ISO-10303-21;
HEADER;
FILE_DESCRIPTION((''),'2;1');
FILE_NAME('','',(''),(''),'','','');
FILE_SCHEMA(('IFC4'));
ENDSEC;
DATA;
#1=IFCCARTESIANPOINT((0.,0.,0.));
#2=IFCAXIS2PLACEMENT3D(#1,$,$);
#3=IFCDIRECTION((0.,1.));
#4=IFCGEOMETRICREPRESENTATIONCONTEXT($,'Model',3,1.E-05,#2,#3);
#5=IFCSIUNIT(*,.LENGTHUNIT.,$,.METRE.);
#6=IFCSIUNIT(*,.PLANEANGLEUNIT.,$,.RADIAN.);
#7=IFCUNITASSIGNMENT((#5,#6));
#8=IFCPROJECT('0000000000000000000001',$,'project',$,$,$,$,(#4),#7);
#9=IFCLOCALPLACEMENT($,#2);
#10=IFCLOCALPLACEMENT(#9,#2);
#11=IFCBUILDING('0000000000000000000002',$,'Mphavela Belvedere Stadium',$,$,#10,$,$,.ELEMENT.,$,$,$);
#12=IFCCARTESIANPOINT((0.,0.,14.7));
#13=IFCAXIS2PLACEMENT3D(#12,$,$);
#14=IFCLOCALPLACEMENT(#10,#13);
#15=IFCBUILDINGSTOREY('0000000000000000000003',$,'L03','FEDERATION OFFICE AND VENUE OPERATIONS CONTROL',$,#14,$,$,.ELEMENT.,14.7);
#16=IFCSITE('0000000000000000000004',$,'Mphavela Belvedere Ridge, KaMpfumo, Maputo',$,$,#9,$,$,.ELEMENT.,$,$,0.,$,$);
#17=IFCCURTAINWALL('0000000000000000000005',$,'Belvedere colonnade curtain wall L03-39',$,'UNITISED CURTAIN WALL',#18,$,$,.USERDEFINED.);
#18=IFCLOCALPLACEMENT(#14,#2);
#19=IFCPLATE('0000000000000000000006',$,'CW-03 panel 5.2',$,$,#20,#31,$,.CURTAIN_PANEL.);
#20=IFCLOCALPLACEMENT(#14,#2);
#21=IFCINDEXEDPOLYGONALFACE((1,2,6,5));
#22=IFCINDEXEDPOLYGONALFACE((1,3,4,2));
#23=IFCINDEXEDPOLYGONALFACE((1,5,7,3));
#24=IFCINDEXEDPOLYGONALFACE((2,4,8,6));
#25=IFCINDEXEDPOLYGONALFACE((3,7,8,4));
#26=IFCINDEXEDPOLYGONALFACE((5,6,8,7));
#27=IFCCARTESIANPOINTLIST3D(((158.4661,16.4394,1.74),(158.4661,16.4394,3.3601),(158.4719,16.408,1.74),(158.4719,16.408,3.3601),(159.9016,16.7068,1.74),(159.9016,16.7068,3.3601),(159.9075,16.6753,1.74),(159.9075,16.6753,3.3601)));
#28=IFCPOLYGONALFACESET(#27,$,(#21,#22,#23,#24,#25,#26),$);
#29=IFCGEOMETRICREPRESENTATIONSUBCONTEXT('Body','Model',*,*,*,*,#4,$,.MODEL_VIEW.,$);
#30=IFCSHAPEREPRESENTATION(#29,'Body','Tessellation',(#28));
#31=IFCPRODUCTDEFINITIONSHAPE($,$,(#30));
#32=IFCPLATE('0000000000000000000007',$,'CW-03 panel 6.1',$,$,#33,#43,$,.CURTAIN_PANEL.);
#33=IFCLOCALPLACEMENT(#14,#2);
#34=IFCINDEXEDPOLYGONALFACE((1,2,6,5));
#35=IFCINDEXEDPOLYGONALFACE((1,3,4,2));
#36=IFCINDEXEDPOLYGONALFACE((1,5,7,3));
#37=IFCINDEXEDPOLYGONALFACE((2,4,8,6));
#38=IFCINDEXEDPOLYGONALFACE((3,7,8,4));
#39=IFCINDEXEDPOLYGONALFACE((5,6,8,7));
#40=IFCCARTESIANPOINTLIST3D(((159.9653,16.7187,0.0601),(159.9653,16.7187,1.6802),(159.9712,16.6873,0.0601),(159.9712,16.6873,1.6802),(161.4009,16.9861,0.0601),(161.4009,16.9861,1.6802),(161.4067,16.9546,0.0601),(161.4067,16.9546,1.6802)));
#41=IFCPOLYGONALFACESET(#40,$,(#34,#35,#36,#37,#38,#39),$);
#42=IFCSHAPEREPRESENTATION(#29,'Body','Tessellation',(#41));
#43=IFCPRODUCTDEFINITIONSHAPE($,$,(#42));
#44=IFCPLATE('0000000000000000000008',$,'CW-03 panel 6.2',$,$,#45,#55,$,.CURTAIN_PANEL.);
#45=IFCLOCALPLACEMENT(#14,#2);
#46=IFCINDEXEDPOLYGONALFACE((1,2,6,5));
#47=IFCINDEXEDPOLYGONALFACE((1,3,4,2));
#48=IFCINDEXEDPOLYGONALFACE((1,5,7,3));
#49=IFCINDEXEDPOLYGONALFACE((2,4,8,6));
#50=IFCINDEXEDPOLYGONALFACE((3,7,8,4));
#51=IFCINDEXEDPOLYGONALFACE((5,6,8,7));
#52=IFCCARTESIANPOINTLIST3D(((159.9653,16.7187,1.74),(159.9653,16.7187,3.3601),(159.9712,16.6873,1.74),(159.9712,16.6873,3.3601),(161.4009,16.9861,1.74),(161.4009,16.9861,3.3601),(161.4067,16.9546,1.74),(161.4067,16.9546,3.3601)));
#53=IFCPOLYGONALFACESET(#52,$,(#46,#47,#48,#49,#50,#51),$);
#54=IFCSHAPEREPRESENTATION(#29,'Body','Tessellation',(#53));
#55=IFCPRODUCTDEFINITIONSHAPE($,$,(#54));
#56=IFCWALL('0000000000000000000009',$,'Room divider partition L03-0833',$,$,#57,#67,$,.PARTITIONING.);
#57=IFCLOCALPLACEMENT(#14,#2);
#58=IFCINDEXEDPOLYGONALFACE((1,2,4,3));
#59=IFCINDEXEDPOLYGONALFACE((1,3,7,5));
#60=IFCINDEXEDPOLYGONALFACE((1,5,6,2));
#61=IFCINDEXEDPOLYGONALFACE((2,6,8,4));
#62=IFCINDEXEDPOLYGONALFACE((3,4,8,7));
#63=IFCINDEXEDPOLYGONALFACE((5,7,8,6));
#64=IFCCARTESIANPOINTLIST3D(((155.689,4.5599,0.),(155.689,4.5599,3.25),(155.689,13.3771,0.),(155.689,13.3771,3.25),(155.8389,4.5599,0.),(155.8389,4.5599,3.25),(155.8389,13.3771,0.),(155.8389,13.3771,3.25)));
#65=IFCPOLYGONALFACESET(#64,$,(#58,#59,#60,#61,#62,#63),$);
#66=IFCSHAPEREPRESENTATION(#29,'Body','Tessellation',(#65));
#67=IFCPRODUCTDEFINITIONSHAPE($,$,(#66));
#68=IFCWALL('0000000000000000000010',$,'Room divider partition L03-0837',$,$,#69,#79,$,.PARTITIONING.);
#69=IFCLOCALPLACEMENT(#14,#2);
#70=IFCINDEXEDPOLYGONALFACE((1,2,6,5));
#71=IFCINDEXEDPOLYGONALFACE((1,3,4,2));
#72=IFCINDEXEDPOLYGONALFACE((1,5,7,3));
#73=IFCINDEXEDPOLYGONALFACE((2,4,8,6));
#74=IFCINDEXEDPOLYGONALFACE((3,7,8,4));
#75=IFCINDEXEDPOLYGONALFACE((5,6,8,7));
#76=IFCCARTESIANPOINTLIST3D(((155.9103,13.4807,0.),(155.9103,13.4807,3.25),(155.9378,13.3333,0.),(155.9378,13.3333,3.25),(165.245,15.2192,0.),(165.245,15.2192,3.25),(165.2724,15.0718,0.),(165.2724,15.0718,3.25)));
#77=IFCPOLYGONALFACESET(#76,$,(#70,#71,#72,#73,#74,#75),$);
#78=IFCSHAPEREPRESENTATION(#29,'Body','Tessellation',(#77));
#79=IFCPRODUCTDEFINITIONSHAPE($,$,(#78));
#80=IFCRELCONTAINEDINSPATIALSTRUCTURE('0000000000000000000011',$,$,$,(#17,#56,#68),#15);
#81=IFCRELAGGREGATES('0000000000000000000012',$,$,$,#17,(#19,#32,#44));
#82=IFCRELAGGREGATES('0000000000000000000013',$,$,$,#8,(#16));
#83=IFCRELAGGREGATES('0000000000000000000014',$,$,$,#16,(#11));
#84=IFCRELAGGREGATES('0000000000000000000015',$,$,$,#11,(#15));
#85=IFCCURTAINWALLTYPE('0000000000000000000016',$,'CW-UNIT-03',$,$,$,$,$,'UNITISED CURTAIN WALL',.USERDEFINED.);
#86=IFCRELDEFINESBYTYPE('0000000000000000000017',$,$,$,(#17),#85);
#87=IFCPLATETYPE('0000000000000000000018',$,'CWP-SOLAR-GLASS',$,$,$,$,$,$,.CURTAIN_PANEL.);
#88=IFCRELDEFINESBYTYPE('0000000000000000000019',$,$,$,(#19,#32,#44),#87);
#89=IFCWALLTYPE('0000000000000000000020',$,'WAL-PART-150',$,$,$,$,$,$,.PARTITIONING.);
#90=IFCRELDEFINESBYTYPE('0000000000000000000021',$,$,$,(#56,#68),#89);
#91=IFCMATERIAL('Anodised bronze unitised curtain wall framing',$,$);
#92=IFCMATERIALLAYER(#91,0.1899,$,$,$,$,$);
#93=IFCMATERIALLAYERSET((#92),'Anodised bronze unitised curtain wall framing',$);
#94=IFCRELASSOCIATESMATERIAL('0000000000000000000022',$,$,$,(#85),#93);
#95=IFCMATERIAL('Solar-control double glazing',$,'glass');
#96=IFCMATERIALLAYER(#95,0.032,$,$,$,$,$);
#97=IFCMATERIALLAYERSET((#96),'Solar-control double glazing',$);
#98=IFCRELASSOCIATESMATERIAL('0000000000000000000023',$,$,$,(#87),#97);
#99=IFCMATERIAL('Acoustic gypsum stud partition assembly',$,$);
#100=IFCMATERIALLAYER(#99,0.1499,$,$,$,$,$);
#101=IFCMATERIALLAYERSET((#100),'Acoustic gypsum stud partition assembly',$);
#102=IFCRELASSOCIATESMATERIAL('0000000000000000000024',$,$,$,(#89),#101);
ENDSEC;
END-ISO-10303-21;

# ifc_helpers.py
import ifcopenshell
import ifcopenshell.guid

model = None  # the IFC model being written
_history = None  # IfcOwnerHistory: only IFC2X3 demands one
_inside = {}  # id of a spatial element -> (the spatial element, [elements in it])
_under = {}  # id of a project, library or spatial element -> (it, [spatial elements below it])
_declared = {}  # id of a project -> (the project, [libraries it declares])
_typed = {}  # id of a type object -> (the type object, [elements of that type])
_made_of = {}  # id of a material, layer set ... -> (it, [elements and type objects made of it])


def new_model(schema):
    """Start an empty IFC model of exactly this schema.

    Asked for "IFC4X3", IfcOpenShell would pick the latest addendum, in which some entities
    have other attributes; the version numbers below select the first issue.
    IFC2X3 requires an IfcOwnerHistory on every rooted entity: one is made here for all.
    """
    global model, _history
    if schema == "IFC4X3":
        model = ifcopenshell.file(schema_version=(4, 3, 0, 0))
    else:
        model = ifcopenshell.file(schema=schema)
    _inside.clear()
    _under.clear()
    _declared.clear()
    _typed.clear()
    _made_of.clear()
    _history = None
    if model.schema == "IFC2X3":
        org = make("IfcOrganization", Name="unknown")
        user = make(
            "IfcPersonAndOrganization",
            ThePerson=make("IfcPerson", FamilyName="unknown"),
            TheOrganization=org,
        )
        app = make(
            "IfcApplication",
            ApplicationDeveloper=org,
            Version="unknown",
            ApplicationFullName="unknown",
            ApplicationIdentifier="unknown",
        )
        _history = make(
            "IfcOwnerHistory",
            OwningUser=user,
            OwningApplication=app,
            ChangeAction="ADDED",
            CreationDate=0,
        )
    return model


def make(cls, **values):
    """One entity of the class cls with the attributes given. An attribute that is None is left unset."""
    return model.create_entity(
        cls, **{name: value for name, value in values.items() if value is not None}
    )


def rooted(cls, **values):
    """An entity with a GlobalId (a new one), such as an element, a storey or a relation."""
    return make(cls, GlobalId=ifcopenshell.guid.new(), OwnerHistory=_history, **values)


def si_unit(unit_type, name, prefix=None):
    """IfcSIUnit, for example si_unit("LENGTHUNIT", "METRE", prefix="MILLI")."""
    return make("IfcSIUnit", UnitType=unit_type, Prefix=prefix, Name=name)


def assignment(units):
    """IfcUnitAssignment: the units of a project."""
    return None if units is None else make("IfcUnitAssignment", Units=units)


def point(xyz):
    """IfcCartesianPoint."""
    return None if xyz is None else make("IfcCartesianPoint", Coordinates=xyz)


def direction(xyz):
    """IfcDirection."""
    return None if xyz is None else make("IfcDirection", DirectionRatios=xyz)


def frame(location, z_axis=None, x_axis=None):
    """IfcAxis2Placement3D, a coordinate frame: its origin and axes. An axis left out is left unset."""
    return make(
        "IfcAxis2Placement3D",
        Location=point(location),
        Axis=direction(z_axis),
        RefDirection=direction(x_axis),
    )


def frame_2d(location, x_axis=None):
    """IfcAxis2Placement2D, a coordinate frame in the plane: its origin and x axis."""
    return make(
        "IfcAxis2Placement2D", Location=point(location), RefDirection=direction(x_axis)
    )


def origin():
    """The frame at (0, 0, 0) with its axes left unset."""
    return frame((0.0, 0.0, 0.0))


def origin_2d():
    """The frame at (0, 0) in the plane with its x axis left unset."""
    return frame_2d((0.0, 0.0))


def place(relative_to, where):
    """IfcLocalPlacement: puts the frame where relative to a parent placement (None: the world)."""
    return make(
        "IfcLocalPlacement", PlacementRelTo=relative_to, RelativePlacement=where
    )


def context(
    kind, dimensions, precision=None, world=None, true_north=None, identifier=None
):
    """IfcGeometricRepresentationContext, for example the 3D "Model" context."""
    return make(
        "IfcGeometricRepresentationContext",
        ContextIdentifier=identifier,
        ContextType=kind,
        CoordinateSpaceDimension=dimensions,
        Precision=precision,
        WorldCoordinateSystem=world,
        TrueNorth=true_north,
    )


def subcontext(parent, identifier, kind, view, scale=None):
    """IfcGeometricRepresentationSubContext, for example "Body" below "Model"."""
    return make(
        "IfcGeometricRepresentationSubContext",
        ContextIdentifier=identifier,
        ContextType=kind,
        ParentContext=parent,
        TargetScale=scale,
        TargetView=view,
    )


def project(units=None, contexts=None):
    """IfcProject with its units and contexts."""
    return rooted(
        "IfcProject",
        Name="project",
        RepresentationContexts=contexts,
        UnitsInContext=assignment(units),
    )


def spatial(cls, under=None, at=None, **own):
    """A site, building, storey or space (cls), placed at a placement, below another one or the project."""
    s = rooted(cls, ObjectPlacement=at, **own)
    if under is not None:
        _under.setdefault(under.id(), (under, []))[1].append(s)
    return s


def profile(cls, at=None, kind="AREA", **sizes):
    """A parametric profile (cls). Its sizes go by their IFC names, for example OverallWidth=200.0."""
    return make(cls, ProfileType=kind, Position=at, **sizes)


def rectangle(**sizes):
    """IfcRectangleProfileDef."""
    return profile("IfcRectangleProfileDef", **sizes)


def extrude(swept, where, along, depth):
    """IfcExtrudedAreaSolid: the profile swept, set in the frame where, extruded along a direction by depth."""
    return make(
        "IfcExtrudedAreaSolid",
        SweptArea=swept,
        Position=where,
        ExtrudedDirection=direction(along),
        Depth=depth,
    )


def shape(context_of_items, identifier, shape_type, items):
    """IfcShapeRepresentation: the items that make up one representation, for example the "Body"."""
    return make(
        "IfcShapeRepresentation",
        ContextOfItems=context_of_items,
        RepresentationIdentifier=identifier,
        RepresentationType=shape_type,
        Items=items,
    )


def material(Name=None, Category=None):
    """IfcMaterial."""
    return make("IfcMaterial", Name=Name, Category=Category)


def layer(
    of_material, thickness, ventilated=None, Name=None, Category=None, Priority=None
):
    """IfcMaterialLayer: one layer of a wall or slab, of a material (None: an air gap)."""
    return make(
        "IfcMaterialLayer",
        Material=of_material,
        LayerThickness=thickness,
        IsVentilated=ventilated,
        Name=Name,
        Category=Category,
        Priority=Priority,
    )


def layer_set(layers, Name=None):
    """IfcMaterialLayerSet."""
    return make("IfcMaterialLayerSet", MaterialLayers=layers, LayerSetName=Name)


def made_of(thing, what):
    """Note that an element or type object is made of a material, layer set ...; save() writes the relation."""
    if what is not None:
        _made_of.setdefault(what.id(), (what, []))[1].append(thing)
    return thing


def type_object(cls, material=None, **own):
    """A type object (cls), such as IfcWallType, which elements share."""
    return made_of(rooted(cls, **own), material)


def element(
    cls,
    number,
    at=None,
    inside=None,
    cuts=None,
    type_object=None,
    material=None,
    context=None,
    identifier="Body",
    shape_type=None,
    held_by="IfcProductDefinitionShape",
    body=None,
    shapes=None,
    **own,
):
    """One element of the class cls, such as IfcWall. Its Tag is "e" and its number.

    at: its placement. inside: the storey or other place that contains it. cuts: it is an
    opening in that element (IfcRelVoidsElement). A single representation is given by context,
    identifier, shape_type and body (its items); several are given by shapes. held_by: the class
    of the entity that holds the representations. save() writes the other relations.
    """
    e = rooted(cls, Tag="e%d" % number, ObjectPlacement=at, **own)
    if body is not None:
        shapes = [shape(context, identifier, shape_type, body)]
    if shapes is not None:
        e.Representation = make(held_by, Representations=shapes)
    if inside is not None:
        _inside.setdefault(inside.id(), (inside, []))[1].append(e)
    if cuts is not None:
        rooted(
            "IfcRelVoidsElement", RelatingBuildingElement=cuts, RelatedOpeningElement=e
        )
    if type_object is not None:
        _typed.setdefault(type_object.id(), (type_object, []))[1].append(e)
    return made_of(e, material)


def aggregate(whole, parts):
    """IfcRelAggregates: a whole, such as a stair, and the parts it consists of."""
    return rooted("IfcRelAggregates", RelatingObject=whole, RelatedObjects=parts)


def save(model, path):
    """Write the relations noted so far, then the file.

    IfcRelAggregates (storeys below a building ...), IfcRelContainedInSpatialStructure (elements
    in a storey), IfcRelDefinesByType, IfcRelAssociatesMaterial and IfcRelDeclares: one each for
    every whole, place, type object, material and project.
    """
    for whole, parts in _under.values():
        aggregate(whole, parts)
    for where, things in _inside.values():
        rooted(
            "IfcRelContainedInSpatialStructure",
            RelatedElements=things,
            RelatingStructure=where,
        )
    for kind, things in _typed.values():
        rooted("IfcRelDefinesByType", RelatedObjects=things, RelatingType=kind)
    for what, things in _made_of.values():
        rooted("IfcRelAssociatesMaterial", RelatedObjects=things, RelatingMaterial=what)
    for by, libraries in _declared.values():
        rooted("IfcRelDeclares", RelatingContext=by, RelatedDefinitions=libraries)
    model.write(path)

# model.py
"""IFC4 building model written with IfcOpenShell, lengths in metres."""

from ifc_helpers import new_model, si_unit, direction, frame, frame_2d, origin, origin_2d, place, context, subcontext, project, spatial, rectangle, extrude, material, layer, layer_set, type_object, element, aggregate, save


model = new_model("IFC4")

# Units and contexts
model_context = context("Model", 3, precision=1e-05, world=origin(), true_north=direction((0.0, 1.0)))
body_context = subcontext(model_context, "Body", "Model", "MODEL_VIEW")
ifc_project = project(units=[si_unit("LENGTHUNIT", "METRE"), si_unit("PLANEANGLEUNIT", "RADIAN")], contexts=[model_context])

# Site, building, storey
site_placement = place(None, origin())
site = spatial("IfcSite", under=ifc_project, at=site_placement, Name="Mphavela Belvedere Ridge, KaMpfumo, Maputo", CompositionType="ELEMENT", RefElevation=0.0)
building_placement = place(site_placement, origin())
building = spatial("IfcBuilding", under=site, at=building_placement, Name="Mphavela Belvedere Stadium", CompositionType="ELEMENT")
storey_placement = place(building_placement, frame((0.0, 0.0, 14.7)))
storey = spatial("IfcBuildingStorey", under=building, at=storey_placement, Name="L03", Description="FEDERATION OFFICE AND VENUE OPERATIONS CONTROL", CompositionType="ELEMENT", Elevation=14.7)

# Curtain wall, plates
ifc_material_1 = material(Name="Anodised bronze unitised curtain wall framing")
ifc_layer_1 = layer(ifc_material_1, 0.1899)
ifc_layer_set_1 = layer_set([ifc_layer_1], Name="Anodised bronze unitised curtain wall framing")
curtain_wall_type = type_object("IfcCurtainWallType", Name="CW-UNIT-03", ElementType="UNITISED CURTAIN WALL", PredefinedType="USERDEFINED", material=ifc_layer_set_1)
curtain_wall_placement = place(storey_placement, origin())
curtain_wall = element("IfcCurtainWall", 1, at=curtain_wall_placement, inside=storey, type_object=curtain_wall_type, Name="Belvedere colonnade curtain wall L03-39", ObjectType="UNITISED CURTAIN WALL", PredefinedType="USERDEFINED")
ifc_material_2 = material(Name="Solar-control double glazing", Category="glass")
ifc_layer_2 = layer(ifc_material_2, 0.032)
ifc_layer_set_2 = layer_set([ifc_layer_2], Name="Solar-control double glazing")
plate_type = type_object("IfcPlateType", Name="CWP-SOLAR-GLASS", PredefinedType="CURTAIN_PANEL", material=ifc_layer_set_2)
plate_1_placement = place(storey_placement, frame((159.1868, 16.5574, 1.74), z_axis=(0.0, 0.0, 1.0), x_axis=(0.983097, 0.183088, 0.0)))
plate_1 = element("IfcPlate", 2, at=plate_1_placement, type_object=plate_type, Name="CW-03 panel 5.2", PredefinedType="CURTAIN_PANEL", context=body_context, shape_type="SweptSolid", body=[
    extrude(rectangle(XDim=1.4602, YDim=0.032, at=origin_2d()), origin(), (0.0, 0.0, 1.0), 1.6201),
])
plate_2_placement = place(storey_placement, frame((160.686, 16.8367, 0.0601), z_axis=(0.0, 0.0, 1.0), x_axis=(0.983097, 0.183088, 0.0)))
plate_2 = element("IfcPlate", 3, at=plate_2_placement, type_object=plate_type, Name="CW-03 panel 6.1", PredefinedType="CURTAIN_PANEL", context=body_context, shape_type="SweptSolid", body=[
    extrude(rectangle(XDim=1.4602, YDim=0.032, at=origin_2d()), origin(), (0.0, 0.0, 1.0), 1.6201),
])
plate_3_placement = place(storey_placement, frame((160.686, 16.8367, 1.74), z_axis=(0.0, 0.0, 1.0), x_axis=(0.983097, 0.183088, 0.0)))
plate_3 = element("IfcPlate", 4, at=plate_3_placement, type_object=plate_type, Name="CW-03 panel 6.2", PredefinedType="CURTAIN_PANEL", context=body_context, shape_type="SweptSolid", body=[
    extrude(rectangle(XDim=1.4602, YDim=0.032, at=origin_2d()), origin(), (0.0, 0.0, 1.0), 1.6201),
])
aggregate(curtain_wall, [plate_1, plate_2, plate_3])

# Walls
ifc_material_3 = material(Name="Acoustic gypsum stud partition assembly")
ifc_layer_3 = layer(ifc_material_3, 0.1499)
ifc_layer_set_3 = layer_set([ifc_layer_3], Name="Acoustic gypsum stud partition assembly")
wall_type = type_object("IfcWallType", Name="WAL-PART-150", PredefinedType="PARTITIONING", material=ifc_layer_set_3)
wall_1_placement = place(storey_placement, frame((155.7639, 13.3772, 0.0), z_axis=(0.0, 0.0, 1.0), x_axis=(0.0, -1.0, 0.0)))
element("IfcWall", 5, at=wall_1_placement, inside=storey, type_object=wall_type, Name="Room divider partition L03-0833", PredefinedType="PARTITIONING", context=body_context, shape_type="SweptSolid", body=[
    extrude(rectangle(XDim=8.8171, YDim=0.1499, at=frame_2d((4.4087, 0.0))), origin(), (0.0, 0.0, 1.0), 3.25),
])
wall_2_placement = place(storey_placement, frame((155.9241, 13.407, 0.0), z_axis=(0.0, 0.0, 1.0), x_axis=(0.983095, 0.183095, 0.0)))
element("IfcWall", 6, at=wall_2_placement, inside=storey, type_object=wall_type, Name="Room divider partition L03-0837", PredefinedType="PARTITIONING", context=body_context, shape_type="SweptSolid", body=[
    extrude(rectangle(XDim=9.4951, YDim=0.1499, at=frame_2d((4.7476, 0.0))), origin(), (0.0, 0.0, 1.0), 3.25),
])

save(model, "model.ifc")
